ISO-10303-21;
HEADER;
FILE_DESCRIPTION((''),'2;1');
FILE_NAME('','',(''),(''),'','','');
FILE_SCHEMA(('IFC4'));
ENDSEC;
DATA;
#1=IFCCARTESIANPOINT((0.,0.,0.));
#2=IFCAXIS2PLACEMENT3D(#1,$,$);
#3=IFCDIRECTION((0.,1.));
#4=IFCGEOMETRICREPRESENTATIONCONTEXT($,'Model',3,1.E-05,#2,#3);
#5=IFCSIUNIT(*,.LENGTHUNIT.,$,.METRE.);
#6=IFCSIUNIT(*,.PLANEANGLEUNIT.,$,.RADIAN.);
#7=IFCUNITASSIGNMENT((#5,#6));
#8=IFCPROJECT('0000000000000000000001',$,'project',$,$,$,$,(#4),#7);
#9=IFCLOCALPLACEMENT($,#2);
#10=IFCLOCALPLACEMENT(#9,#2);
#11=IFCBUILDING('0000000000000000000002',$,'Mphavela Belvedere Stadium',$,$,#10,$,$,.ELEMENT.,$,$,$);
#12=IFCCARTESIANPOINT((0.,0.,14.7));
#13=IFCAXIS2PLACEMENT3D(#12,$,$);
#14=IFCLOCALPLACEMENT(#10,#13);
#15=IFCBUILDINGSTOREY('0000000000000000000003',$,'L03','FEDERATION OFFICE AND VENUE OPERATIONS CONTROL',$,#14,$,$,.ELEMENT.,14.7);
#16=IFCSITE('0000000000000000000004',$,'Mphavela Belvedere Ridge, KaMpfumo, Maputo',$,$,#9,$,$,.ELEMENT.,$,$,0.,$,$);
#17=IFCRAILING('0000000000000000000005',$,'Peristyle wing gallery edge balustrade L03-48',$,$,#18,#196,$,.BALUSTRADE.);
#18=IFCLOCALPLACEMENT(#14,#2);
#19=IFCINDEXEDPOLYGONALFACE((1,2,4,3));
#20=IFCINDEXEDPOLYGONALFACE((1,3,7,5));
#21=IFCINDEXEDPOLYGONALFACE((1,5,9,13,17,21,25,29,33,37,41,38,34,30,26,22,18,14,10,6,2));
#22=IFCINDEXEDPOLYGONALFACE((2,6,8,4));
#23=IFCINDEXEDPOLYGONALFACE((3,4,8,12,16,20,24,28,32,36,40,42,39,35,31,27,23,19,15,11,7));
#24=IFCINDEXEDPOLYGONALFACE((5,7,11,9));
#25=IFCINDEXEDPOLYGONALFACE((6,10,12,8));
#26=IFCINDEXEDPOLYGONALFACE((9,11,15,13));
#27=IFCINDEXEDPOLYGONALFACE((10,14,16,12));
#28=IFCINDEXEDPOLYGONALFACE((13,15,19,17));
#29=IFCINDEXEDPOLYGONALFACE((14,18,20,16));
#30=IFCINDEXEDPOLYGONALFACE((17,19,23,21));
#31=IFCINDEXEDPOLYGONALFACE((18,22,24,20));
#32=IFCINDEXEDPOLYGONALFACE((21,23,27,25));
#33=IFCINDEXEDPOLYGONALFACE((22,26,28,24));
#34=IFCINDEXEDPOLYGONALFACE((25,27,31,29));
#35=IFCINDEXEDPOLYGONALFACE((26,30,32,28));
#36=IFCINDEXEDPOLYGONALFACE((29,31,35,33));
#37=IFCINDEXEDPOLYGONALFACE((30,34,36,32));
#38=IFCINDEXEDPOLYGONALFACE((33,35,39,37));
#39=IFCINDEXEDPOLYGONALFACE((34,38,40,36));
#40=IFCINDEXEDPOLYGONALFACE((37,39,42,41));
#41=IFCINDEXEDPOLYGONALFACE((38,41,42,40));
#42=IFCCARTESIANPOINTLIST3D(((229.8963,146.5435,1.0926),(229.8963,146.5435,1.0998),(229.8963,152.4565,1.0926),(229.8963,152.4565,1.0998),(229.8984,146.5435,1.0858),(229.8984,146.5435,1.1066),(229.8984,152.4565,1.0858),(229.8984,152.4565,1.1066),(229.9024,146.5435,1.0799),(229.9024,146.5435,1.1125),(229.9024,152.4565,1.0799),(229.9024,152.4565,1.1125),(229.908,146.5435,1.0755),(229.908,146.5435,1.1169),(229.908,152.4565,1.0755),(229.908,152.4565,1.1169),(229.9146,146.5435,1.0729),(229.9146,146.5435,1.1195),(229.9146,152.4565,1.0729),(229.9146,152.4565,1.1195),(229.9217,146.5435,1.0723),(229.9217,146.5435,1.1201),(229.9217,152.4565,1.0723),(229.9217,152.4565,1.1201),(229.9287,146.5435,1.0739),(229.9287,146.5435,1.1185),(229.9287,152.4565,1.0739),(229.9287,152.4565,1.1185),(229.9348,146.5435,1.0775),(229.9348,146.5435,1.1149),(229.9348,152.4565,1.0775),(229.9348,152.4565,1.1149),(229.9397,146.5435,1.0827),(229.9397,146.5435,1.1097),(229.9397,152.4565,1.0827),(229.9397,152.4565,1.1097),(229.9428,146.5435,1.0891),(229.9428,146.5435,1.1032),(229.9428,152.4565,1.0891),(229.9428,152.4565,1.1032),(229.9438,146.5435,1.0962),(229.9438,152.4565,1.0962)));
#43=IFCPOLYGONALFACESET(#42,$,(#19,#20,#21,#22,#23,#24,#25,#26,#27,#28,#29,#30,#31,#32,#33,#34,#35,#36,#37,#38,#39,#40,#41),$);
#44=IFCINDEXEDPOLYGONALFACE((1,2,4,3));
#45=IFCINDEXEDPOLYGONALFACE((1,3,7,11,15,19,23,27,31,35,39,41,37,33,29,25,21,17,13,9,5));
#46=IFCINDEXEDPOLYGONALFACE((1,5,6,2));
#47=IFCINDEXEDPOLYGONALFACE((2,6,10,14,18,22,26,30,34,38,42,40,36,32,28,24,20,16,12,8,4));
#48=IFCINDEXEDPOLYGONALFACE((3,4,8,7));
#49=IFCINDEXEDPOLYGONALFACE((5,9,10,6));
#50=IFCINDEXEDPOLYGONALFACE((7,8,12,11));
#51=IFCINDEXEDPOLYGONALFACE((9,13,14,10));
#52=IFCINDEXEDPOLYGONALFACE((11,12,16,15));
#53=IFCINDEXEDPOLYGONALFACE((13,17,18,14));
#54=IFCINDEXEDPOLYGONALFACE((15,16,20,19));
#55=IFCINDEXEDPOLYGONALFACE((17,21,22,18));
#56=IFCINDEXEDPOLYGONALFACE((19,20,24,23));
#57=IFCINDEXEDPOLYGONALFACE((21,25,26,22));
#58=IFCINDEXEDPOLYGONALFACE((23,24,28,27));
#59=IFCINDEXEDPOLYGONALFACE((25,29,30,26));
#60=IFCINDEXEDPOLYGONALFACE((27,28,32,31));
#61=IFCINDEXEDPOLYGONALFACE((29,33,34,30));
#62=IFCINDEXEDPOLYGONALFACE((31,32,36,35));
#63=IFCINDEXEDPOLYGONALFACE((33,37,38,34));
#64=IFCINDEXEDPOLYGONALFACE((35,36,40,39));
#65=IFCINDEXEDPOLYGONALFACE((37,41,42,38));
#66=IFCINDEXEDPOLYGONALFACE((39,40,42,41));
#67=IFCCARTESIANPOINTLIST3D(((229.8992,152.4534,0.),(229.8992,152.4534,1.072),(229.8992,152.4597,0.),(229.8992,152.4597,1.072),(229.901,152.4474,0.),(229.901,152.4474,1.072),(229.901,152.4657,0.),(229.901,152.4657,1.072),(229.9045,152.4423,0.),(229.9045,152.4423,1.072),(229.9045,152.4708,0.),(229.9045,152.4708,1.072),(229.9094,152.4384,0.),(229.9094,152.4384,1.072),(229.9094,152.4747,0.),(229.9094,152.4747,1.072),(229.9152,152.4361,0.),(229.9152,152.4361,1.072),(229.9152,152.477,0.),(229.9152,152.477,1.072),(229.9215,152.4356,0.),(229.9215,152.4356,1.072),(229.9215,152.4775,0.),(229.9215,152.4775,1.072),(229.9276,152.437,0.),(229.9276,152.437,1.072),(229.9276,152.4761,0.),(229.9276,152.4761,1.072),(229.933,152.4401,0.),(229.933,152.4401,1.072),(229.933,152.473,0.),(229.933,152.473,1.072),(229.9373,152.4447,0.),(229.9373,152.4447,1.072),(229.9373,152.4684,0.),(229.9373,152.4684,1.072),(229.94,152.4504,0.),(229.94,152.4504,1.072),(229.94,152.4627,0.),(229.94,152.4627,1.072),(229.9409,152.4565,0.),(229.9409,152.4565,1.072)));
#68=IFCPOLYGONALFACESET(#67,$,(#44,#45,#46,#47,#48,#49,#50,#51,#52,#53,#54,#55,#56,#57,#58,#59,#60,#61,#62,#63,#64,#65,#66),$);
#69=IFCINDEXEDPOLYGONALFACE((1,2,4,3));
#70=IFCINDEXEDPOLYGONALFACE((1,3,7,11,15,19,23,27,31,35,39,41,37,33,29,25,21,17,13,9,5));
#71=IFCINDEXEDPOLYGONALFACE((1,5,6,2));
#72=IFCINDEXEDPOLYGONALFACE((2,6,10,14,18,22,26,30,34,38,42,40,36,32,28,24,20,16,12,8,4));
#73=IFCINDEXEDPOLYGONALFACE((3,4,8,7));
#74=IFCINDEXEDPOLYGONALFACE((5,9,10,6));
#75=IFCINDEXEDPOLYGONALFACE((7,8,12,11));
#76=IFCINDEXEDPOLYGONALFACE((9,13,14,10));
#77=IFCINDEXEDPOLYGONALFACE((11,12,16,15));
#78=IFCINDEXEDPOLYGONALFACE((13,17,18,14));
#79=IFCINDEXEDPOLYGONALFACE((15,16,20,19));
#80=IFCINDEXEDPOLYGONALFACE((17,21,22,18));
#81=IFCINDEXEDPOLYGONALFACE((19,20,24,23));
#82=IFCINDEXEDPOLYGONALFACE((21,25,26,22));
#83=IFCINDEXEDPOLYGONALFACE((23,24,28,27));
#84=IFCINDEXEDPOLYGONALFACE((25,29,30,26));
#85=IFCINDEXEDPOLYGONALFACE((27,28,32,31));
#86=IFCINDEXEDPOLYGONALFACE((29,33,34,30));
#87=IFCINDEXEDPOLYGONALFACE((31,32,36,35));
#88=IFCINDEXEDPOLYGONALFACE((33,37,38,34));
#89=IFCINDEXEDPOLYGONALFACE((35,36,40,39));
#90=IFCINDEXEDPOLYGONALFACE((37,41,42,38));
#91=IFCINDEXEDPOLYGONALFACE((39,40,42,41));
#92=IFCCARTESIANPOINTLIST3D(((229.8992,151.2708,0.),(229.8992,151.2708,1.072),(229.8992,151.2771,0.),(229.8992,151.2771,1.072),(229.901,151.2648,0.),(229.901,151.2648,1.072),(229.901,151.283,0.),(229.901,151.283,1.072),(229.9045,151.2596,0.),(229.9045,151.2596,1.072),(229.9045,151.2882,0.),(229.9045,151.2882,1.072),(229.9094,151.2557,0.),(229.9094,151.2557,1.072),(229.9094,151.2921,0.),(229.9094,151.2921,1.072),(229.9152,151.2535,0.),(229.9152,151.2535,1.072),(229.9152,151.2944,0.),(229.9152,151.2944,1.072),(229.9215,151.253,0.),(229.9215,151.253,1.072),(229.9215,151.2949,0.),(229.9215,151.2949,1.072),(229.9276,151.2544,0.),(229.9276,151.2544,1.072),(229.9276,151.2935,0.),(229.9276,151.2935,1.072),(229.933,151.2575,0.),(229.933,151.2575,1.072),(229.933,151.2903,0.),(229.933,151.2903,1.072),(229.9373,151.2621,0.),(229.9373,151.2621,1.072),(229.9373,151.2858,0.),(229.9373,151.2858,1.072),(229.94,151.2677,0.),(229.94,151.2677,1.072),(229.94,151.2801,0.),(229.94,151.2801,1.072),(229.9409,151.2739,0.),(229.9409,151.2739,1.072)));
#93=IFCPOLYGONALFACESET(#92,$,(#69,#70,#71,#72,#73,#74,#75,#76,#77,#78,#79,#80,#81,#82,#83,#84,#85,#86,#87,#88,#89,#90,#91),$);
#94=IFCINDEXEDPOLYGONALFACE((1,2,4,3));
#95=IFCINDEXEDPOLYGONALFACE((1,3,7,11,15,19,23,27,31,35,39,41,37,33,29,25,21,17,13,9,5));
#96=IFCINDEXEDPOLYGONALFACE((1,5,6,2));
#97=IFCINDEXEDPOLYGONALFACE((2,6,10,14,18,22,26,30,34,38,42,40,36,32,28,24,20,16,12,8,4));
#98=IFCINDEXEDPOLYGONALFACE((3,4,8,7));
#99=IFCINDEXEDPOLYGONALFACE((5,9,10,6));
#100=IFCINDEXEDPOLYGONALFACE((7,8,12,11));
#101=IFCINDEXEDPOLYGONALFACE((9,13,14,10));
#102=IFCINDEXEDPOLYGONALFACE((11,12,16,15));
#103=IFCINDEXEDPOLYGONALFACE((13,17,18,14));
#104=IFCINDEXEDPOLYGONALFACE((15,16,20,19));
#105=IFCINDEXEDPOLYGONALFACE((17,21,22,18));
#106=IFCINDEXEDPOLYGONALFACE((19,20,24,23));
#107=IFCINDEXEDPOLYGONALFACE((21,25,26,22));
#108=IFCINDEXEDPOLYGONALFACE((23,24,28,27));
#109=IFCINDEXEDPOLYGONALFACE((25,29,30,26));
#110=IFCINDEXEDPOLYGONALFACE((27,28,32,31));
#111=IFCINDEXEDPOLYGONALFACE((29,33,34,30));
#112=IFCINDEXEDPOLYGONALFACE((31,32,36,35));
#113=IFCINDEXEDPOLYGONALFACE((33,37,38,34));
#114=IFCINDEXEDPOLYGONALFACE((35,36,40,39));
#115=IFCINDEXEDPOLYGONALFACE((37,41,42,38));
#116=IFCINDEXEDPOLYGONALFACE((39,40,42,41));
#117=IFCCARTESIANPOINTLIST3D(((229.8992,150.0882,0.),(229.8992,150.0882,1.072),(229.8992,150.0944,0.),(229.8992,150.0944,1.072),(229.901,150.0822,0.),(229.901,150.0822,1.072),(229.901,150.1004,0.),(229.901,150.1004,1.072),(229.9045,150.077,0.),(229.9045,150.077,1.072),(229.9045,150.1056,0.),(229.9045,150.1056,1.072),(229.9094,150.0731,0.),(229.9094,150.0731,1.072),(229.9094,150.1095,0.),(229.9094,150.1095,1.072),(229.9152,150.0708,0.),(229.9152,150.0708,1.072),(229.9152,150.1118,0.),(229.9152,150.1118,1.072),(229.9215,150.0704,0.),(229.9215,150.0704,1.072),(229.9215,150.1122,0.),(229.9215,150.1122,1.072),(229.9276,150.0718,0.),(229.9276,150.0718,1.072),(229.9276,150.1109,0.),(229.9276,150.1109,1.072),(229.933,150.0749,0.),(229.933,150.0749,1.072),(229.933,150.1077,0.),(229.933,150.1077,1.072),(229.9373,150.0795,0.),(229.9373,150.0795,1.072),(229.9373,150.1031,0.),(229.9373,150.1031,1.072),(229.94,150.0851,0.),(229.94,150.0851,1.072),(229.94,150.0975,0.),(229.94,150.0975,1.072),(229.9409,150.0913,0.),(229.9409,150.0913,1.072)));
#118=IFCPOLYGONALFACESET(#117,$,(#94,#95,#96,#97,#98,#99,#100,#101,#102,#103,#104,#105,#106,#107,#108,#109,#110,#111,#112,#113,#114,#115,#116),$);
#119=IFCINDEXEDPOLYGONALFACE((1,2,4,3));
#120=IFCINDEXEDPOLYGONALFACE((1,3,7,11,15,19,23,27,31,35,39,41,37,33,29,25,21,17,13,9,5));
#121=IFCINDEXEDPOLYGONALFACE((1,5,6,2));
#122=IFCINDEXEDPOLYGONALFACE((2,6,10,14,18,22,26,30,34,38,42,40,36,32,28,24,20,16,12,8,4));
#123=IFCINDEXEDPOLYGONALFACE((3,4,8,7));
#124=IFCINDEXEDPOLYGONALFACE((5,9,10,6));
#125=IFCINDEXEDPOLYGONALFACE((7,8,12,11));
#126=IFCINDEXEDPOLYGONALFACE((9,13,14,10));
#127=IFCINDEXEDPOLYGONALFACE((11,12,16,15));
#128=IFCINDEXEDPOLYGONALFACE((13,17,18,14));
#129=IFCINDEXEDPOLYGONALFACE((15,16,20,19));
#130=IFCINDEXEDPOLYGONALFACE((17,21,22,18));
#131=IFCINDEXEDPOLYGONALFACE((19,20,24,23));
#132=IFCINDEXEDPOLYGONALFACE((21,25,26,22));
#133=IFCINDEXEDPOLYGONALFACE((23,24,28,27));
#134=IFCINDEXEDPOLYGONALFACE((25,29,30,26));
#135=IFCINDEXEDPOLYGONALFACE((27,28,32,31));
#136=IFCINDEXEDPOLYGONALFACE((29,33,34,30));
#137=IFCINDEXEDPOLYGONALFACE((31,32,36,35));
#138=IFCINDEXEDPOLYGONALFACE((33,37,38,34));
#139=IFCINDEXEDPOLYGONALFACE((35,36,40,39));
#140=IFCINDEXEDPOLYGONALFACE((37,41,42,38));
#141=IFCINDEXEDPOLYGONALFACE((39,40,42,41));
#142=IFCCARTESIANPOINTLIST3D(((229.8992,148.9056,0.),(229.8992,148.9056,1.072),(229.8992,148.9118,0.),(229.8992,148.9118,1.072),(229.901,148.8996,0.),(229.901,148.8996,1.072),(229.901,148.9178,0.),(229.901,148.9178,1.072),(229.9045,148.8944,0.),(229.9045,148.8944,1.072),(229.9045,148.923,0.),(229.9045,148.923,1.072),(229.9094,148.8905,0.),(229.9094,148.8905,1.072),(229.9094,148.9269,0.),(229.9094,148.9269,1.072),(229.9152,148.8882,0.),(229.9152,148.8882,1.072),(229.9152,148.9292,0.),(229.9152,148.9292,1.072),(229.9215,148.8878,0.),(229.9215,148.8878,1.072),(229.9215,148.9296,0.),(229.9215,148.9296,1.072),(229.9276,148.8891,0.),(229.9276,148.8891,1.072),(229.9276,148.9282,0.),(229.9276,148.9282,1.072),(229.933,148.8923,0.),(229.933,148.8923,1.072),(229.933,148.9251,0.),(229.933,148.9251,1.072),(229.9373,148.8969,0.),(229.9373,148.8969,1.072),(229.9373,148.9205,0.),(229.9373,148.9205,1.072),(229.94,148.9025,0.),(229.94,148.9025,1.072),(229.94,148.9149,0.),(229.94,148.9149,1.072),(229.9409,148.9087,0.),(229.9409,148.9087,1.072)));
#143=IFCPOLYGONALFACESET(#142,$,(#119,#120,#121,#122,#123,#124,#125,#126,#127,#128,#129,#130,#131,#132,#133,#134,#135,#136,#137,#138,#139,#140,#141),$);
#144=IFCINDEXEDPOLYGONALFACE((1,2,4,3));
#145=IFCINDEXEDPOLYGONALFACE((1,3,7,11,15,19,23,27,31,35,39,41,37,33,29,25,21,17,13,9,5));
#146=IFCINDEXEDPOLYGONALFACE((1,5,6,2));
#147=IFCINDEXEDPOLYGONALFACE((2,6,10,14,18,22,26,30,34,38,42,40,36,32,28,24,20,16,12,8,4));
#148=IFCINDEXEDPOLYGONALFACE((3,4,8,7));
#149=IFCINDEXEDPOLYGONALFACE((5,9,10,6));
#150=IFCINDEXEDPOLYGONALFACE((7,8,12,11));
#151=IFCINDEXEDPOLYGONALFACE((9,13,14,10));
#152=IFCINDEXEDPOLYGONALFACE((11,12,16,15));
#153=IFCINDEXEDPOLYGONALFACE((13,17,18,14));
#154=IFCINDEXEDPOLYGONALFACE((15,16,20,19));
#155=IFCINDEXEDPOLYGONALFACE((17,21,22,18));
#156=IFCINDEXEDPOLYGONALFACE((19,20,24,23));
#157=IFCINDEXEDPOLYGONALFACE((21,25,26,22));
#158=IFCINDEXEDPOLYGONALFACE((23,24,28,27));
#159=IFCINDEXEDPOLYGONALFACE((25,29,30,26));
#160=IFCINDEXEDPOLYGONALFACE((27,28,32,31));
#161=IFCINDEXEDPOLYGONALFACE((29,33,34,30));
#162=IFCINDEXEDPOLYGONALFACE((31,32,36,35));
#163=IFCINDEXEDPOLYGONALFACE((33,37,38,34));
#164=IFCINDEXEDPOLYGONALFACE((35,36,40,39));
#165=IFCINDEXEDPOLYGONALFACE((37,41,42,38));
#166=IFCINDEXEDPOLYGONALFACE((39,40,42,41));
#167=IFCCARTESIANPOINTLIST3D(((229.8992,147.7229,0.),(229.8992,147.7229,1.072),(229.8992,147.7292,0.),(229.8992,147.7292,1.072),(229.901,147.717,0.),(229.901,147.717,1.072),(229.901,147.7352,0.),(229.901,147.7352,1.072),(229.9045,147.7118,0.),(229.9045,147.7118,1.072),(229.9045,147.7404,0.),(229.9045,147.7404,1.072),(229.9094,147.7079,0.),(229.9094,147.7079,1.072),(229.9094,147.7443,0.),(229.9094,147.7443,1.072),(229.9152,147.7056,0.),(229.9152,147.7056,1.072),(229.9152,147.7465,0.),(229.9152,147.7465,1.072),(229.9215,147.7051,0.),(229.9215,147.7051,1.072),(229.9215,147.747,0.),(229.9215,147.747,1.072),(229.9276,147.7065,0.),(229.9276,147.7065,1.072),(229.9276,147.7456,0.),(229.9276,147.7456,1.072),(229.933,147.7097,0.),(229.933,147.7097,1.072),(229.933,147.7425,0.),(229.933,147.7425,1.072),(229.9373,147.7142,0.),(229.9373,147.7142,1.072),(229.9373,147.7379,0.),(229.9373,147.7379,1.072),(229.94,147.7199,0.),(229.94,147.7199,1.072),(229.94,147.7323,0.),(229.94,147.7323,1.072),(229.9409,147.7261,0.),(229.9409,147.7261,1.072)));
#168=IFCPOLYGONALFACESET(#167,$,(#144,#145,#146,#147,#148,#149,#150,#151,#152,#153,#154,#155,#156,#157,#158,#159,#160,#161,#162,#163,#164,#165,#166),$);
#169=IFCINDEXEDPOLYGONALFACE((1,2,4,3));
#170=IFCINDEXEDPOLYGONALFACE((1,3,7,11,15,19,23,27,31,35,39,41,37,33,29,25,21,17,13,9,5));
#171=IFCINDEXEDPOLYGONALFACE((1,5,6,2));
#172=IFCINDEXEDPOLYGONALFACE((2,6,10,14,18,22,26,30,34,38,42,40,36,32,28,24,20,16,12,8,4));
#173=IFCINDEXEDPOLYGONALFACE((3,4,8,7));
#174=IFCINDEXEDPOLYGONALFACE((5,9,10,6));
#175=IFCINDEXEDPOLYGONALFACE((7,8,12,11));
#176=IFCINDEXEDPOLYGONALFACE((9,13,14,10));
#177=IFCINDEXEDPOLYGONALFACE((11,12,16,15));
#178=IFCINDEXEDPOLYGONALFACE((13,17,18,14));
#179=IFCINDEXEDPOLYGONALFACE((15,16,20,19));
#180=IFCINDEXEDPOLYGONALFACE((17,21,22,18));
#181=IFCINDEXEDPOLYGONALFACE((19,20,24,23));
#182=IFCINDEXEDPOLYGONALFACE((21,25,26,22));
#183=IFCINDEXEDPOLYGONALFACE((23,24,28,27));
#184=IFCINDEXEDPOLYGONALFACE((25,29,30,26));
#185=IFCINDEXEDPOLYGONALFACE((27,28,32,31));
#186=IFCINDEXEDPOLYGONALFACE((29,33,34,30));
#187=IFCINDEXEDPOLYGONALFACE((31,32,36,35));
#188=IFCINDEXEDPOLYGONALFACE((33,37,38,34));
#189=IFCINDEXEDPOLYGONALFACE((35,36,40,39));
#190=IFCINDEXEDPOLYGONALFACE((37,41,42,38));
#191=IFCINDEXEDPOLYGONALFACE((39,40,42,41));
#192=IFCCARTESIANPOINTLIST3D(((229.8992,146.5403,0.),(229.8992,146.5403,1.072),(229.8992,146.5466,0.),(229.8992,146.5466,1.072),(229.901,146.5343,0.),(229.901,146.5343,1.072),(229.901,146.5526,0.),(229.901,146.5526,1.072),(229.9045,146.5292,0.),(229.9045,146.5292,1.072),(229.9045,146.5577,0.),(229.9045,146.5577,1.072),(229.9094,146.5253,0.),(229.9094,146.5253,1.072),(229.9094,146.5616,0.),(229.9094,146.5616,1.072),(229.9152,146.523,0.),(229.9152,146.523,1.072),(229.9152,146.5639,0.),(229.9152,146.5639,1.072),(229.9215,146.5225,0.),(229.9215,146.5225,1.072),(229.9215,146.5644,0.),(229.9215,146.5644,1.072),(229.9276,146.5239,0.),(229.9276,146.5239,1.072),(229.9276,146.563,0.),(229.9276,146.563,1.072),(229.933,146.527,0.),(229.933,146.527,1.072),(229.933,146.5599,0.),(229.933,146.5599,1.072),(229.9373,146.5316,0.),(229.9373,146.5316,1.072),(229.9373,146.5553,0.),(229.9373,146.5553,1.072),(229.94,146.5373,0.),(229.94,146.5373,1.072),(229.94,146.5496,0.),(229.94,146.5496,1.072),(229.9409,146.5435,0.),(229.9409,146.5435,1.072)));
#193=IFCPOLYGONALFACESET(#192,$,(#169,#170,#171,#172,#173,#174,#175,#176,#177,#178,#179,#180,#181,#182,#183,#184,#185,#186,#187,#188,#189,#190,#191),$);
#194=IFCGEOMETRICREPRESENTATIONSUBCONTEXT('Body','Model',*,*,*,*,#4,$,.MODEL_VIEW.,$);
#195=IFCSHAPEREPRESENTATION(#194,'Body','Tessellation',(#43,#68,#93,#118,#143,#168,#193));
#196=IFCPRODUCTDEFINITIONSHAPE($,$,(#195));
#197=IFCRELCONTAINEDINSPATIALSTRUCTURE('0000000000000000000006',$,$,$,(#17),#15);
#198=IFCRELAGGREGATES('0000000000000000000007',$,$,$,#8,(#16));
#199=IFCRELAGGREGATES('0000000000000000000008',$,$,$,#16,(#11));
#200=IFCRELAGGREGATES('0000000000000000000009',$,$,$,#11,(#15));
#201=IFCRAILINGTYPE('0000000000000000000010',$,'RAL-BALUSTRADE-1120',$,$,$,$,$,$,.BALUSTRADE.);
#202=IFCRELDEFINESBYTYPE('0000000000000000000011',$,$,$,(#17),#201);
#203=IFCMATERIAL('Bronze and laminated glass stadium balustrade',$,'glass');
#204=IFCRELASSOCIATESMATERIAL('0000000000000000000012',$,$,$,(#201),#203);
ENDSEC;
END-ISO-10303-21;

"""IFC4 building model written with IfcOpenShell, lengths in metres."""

from ifc_helpers import new_model, si_unit, direction, frame, origin, origin_2d, place, context, subcontext, project, spatial, circle, extrude, material, type_object, element, save


model = new_model("IFC4")

# Units and contexts
model_context = context("Model", 3, precision=1e-05, world=origin(), true_north=direction((0.0, 1.0)))
body_context = subcontext(model_context, "Body", "Model", "MODEL_VIEW")
ifc_project = project(units=[si_unit("LENGTHUNIT", "METRE"), si_unit("PLANEANGLEUNIT", "RADIAN")], contexts=[model_context])

# Site, building, storey
site_placement = place(None, origin())
site = spatial("IfcSite", under=ifc_project, at=site_placement, Name="Mphavela Belvedere Ridge, KaMpfumo, Maputo", CompositionType="ELEMENT", RefElevation=0.0)
building_placement = place(site_placement, origin())
building = spatial("IfcBuilding", under=site, at=building_placement, Name="Mphavela Belvedere Stadium", CompositionType="ELEMENT")
storey_placement = place(building_placement, frame((0.0, 0.0, 14.7)))
storey = spatial("IfcBuildingStorey", under=building, at=storey_placement, Name="L03", Description="FEDERATION OFFICE AND VENUE OPERATIONS CONTROL", CompositionType="ELEMENT", Elevation=14.7)

# Railing
ifc_material_1 = material(Name="Bronze and laminated glass stadium balustrade", Category="glass")
railing_type = type_object("IfcRailingType", Name="RAL-BALUSTRADE-1120", PredefinedType="BALUSTRADE", material=ifc_material_1)
for number, where, name in (
    (1, (229.9199, 152.4565, 0.0), "Peristyle wing gallery edge balustrade L03-48"),
):
    element("IfcRailing", number, at=place(storey_placement, frame(where)), inside=storey, type_object=railing_type, Name=name, PredefinedType="BALUSTRADE", context=body_context, shape_type="SweptSolid", body=[
        extrude(circle(Radius=0.0239, at=origin_2d()), frame((0.0, 0.0, 1.0962), z_axis=(0.0, -1.0, 0.0), x_axis=(1.0, 0.0, 0.0)), (0.0, 0.0, 1.0), 5.9131),
        extrude(circle(Radius=0.021, at=origin_2d()), origin(), (0.0, 0.0, 1.0), 1.072),
        extrude(circle(Radius=0.021, at=origin_2d()), frame((0.0, -1.1826, 0.0)), (0.0, 0.0, 1.0), 1.072),
        extrude(circle(Radius=0.021, at=origin_2d()), frame((0.0, -2.3652, 0.0)), (0.0, 0.0, 1.0), 1.072),
        extrude(circle(Radius=0.021, at=origin_2d()), frame((0.0, -3.5479, 0.0)), (0.0, 0.0, 1.0), 1.072),
        extrude(circle(Radius=0.021, at=origin_2d()), frame((0.0, -4.7305, 0.0)), (0.0, 0.0, 1.0), 1.072),
        extrude(circle(Radius=0.021, at=origin_2d()), frame((0.0, -5.9131, 0.0)), (0.0, 0.0, 1.0), 1.072),
    ])

save(model, "model.ifc")
